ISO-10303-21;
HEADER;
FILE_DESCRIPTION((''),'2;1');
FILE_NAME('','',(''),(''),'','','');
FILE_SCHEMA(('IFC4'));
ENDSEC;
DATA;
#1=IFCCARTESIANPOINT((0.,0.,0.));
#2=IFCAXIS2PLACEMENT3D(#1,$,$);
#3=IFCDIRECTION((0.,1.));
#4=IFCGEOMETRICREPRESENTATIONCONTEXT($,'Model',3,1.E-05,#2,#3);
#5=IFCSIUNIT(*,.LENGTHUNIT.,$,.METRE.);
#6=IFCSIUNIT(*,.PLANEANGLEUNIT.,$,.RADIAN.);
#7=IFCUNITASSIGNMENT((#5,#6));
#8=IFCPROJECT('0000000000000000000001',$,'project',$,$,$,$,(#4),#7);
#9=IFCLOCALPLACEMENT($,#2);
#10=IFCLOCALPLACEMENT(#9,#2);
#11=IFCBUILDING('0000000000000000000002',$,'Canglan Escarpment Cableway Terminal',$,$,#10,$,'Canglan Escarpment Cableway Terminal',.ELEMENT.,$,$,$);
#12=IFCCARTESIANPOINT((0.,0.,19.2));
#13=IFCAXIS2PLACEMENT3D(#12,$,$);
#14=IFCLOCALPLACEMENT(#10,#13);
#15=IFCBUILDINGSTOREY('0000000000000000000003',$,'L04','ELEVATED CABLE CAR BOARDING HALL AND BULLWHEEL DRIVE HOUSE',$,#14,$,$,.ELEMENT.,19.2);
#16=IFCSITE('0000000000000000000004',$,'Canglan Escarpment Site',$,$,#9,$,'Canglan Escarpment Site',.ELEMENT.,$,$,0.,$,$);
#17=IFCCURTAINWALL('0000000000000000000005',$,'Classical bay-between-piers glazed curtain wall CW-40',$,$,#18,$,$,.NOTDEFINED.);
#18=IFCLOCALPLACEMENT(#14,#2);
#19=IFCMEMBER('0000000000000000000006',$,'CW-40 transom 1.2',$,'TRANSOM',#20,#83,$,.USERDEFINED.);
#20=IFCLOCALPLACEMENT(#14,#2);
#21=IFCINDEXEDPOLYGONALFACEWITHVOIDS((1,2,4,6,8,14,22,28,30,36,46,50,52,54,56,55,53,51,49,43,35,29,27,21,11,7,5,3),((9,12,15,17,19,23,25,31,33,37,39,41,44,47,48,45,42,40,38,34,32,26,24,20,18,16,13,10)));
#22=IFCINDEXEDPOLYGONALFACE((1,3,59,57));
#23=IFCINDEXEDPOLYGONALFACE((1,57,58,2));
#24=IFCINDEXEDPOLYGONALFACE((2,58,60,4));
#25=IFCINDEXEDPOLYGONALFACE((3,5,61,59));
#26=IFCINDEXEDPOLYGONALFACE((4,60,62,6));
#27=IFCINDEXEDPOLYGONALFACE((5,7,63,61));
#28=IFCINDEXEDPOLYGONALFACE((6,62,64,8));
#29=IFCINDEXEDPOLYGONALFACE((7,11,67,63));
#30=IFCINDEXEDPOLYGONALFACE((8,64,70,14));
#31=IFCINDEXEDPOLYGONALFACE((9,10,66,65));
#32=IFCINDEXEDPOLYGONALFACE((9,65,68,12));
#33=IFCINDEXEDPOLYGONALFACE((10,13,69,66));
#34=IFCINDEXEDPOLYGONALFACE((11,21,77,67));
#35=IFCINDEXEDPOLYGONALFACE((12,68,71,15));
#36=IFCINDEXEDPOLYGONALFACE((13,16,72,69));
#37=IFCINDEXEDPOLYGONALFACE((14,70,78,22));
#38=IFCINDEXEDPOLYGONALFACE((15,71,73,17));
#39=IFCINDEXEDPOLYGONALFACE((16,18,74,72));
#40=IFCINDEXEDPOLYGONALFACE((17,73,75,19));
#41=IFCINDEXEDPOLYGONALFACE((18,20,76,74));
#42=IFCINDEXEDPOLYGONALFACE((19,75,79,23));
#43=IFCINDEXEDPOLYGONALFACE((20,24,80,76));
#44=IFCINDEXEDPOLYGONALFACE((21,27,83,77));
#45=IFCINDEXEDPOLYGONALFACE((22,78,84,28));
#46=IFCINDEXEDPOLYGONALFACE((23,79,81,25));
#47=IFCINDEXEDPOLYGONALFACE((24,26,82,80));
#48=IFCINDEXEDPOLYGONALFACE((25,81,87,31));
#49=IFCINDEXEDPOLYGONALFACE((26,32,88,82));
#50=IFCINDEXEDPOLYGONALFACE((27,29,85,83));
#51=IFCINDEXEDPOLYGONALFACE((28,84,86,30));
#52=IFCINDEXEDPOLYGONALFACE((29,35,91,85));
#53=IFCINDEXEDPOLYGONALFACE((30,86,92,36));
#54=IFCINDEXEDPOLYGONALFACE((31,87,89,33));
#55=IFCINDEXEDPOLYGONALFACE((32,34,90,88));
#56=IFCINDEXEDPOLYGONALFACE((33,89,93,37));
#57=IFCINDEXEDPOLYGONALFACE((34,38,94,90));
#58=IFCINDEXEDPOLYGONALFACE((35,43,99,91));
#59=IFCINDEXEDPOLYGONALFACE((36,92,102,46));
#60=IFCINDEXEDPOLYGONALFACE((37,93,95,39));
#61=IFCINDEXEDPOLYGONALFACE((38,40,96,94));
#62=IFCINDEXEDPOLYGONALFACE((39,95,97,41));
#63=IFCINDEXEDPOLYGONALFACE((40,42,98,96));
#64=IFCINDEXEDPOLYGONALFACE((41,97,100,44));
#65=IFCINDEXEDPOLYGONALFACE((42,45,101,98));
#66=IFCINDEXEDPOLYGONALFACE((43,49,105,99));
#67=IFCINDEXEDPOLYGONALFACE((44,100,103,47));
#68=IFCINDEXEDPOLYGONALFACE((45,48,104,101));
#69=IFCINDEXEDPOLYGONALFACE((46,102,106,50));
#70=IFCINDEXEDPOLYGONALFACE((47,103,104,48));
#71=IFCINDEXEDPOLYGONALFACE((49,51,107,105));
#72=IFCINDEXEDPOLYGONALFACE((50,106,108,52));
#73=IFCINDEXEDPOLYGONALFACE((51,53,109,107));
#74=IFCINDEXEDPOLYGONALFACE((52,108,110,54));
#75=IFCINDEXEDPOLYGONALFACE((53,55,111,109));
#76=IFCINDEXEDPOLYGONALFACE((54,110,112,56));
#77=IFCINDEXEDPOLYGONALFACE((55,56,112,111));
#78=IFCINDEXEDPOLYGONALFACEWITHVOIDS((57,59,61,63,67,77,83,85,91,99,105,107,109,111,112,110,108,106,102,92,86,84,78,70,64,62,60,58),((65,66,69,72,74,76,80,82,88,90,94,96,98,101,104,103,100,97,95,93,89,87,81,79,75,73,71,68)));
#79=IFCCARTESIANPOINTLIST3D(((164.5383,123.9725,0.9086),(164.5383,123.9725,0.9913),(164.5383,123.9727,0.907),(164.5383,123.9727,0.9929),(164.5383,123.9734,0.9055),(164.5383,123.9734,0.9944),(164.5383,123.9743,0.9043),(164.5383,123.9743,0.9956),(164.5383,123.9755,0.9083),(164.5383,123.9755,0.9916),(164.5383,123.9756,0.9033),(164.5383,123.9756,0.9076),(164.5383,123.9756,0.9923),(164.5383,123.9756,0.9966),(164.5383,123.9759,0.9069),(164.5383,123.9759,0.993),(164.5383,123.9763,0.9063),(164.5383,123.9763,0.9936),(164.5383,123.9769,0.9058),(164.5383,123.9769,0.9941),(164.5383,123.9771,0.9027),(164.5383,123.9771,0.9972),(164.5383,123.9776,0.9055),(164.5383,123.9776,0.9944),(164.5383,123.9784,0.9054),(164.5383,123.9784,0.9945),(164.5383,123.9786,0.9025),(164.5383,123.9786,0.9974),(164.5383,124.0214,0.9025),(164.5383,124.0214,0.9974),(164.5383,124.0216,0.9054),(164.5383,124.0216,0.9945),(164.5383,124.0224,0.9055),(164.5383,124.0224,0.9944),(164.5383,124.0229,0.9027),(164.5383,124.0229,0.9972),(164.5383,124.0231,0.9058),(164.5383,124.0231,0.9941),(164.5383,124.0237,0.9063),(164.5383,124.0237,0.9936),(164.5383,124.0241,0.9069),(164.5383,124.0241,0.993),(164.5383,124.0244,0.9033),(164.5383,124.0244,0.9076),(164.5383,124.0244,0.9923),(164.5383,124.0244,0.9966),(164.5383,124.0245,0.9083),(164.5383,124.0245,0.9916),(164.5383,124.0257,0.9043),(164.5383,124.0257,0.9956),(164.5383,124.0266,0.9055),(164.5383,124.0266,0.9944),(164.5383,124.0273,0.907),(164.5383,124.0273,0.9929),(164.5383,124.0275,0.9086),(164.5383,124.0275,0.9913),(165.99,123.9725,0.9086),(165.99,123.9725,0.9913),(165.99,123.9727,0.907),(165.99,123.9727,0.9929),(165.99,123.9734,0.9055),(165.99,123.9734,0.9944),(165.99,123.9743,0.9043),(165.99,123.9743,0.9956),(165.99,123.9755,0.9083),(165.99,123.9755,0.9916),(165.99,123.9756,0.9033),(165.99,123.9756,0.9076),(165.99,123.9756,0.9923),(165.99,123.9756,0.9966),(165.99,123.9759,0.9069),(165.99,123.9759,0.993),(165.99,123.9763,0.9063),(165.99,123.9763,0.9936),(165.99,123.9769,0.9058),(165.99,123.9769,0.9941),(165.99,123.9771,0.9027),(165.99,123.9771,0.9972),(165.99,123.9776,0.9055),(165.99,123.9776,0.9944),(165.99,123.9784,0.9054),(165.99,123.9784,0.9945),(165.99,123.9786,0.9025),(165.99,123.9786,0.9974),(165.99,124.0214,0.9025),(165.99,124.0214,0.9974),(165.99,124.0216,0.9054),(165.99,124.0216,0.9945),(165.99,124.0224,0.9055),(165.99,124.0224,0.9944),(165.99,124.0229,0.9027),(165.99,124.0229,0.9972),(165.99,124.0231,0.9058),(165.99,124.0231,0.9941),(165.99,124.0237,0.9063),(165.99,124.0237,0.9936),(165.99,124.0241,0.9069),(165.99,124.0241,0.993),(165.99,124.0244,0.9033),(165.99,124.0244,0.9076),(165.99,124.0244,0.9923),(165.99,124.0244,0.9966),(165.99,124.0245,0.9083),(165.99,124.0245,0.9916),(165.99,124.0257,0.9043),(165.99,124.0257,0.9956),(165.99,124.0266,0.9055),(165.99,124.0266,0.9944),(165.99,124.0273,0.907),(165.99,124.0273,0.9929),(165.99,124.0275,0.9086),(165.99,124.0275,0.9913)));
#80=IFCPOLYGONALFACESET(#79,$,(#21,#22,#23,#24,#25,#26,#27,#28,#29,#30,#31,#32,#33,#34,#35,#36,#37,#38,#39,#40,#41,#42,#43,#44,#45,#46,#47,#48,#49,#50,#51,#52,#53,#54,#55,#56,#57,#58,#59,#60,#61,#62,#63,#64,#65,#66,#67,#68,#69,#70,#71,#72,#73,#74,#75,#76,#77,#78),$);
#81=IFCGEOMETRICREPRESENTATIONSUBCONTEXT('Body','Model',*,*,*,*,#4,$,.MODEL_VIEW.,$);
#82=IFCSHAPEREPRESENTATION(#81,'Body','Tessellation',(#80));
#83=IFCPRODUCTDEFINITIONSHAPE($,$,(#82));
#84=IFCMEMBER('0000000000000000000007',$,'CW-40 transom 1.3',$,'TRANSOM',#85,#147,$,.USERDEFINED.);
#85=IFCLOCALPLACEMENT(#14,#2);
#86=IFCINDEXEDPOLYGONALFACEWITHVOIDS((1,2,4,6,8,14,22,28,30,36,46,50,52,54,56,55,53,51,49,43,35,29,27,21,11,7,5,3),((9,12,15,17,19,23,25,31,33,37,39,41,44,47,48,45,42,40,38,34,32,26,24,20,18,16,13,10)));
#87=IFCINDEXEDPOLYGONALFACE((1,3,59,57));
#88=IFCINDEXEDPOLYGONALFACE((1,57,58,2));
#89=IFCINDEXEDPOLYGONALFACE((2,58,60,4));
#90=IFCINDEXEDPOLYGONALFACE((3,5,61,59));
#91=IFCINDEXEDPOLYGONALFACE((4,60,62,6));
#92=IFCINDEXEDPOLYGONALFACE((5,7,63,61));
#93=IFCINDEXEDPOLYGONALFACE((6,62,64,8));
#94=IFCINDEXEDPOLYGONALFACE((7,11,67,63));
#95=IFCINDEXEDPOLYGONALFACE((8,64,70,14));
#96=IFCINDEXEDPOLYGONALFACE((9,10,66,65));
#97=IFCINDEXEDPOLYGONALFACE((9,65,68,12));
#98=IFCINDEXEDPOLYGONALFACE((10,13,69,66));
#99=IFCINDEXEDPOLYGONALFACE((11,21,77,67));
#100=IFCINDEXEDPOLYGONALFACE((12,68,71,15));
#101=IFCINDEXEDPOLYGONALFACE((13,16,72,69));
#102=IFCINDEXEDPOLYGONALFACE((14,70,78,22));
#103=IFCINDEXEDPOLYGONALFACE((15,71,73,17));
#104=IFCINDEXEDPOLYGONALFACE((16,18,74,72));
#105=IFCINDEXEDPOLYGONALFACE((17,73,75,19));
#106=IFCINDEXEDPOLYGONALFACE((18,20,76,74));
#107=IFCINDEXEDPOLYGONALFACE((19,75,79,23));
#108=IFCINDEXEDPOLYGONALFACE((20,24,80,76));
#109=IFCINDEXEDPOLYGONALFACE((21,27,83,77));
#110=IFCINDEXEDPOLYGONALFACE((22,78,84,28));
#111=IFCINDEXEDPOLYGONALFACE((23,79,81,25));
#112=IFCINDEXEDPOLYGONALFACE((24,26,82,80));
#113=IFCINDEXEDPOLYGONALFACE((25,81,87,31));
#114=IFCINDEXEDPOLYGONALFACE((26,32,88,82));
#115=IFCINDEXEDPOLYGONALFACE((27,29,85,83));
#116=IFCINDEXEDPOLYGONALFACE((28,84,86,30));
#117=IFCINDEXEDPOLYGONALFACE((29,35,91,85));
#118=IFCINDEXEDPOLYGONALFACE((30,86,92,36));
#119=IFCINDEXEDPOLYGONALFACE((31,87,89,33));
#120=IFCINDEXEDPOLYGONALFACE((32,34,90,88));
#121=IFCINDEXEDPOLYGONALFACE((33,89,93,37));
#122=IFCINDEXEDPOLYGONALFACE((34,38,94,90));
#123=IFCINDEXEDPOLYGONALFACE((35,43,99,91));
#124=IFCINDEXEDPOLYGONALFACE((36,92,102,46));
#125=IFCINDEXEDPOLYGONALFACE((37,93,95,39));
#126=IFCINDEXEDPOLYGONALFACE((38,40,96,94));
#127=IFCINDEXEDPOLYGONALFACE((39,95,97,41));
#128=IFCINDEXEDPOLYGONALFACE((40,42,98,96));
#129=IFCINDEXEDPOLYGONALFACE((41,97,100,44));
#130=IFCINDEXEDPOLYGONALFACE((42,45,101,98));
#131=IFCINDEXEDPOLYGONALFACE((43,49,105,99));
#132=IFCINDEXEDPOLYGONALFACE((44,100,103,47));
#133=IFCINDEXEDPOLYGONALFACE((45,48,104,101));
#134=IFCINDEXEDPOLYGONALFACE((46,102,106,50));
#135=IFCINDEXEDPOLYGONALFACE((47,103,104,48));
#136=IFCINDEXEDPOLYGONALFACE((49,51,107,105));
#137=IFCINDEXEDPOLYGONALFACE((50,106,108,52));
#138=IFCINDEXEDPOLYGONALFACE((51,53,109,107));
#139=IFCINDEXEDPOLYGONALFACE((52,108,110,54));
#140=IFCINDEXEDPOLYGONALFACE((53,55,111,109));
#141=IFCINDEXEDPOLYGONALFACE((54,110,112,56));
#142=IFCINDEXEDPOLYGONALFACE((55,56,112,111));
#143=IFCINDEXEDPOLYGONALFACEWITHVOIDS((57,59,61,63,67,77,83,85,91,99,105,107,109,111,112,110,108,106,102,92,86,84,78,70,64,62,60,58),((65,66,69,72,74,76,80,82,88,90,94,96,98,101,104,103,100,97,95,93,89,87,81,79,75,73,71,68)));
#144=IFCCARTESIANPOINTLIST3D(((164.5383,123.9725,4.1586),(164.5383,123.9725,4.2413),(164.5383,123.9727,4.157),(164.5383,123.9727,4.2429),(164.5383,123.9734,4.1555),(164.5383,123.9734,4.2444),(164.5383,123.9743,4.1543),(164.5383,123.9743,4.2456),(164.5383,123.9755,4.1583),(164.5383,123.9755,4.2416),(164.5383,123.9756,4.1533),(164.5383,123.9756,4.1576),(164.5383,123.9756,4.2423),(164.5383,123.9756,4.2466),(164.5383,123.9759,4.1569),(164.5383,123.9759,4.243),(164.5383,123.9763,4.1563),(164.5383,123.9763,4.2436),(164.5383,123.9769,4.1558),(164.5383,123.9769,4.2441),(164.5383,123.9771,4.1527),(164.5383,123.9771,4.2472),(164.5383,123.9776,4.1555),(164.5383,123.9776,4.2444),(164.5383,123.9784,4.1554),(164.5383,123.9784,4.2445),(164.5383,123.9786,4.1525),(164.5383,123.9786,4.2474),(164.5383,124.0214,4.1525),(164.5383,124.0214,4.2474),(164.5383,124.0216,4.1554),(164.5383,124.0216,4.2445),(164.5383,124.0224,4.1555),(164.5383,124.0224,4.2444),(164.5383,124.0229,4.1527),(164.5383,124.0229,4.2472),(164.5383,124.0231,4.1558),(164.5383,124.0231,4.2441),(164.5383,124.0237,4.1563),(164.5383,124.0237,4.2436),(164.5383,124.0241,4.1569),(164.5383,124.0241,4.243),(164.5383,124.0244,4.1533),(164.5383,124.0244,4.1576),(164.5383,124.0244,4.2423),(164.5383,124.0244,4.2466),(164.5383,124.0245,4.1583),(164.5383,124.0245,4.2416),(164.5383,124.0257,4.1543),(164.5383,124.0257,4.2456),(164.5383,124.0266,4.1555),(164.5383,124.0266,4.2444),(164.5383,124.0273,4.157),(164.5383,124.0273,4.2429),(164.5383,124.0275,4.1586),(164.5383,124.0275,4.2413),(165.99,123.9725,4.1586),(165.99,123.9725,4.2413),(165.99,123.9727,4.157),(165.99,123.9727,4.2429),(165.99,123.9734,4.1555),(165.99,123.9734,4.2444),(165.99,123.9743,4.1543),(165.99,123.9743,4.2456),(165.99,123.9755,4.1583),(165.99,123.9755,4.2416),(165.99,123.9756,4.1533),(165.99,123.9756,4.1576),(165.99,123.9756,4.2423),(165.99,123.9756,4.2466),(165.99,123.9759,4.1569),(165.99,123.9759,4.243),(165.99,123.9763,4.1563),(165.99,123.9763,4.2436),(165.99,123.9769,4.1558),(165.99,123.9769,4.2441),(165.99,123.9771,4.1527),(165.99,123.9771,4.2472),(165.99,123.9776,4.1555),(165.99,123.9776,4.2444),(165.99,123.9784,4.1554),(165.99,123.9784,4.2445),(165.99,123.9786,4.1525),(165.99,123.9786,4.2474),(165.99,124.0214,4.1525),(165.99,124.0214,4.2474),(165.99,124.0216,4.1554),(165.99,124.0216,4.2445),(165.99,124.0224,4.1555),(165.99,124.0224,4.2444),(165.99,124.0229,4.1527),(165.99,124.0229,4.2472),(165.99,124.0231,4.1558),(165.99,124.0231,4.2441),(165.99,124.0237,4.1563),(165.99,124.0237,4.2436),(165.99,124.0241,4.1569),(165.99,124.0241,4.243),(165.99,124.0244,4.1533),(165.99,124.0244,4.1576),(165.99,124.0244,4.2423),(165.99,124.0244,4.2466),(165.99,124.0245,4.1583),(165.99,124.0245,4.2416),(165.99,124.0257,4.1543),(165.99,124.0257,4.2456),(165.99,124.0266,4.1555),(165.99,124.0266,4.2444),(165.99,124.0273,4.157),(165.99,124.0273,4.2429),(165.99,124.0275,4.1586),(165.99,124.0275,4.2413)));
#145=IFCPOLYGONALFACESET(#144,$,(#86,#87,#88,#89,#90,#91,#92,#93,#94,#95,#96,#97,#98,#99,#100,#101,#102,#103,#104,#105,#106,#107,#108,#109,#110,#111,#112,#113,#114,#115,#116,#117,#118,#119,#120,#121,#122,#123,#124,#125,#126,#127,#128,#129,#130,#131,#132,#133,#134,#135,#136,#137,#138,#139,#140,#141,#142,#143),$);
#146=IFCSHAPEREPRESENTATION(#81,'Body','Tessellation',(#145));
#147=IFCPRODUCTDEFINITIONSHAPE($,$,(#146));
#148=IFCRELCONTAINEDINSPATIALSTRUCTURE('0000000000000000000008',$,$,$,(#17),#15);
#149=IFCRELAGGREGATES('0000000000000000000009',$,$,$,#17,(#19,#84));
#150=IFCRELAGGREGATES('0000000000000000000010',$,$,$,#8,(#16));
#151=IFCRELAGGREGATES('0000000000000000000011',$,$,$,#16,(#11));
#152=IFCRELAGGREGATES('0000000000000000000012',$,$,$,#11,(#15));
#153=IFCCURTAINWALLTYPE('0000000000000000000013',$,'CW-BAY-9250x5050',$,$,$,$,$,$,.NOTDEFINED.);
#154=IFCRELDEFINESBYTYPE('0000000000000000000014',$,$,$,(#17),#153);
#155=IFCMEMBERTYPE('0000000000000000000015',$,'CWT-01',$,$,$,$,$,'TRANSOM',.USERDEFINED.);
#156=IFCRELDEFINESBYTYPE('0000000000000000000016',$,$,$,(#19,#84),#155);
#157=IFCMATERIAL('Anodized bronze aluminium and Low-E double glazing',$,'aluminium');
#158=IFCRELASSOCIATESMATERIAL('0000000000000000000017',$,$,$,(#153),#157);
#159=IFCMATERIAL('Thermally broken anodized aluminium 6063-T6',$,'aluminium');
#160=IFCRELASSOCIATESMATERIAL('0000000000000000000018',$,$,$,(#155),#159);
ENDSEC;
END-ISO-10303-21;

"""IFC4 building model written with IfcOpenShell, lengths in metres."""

from ifc_helpers import new_model, si_unit, direction, frame, origin, origin_2d, place, context, subcontext, project, spatial, hollow_rectangle, extrude, material, material_profile, profile_set, type_object, element, aggregate, save


model = new_model("IFC4")

# Units and contexts
model_context = context("Model", 3, precision=1e-05, world=origin(), true_north=direction((0.0, 1.0)))
body_context = subcontext(model_context, "Body", "Model", "MODEL_VIEW")
ifc_project = project(units=[si_unit("LENGTHUNIT", "METRE"), si_unit("PLANEANGLEUNIT", "RADIAN")], contexts=[model_context])

# Site, building, storey
site_placement = place(None, origin())
site = spatial("IfcSite", under=ifc_project, at=site_placement, Name="Canglan Escarpment Site", LongName="Canglan Escarpment Site", CompositionType="ELEMENT", RefElevation=0.0)
building_placement = place(site_placement, origin())
building = spatial("IfcBuilding", under=site, at=building_placement, Name="Canglan Escarpment Cableway Terminal", LongName="Canglan Escarpment Cableway Terminal", CompositionType="ELEMENT")
storey_placement = place(building_placement, frame((0.0, 0.0, 19.2)))
storey = spatial("IfcBuildingStorey", under=building, at=storey_placement, Name="L04", Description="ELEVATED CABLE CAR BOARDING HALL AND BULLWHEEL DRIVE HOUSE", CompositionType="ELEMENT", Elevation=19.2)

# Curtain wall
ifc_material_1 = material(Name="Anodized bronze aluminium and Low-E double glazing", Category="aluminium")
curtain_wall_type_1 = type_object("IfcCurtainWallType", Name="CW-BAY-9250x5050", PredefinedType="NOTDEFINED", material=ifc_material_1)
curtain_wall_1_placement = place(storey_placement, origin())
curtain_wall_1 = element("IfcCurtainWall", 1, at=curtain_wall_1_placement, inside=storey, type_object=curtain_wall_type_1, Name="Classical bay-between-piers glazed curtain wall CW-40", PredefinedType="NOTDEFINED")
ifc_material_2 = material(Name="Thermally broken anodized aluminium 6063-T6", Category="aluminium")

# Members
ifc_material_profile_1 = material_profile(ifc_material_2, hollow_rectangle(XDim=0.0549, YDim=0.095, WallThickness=0.0029, InnerFilletRadius=0.0029, OuterFilletRadius=0.0061, at=origin_2d()), Name="ALU-TRAN 55x95x3")
ifc_profile_set_1 = profile_set([ifc_material_profile_1], Name="Thermally broken anodized aluminium 6063-T6")
member_type_1 = type_object("IfcMemberType", Name="CWT-01", ElementType="TRANSOM", PredefinedType="USERDEFINED", material=ifc_profile_set_1)
member_1_placement = place(storey_placement, frame((165.99, 124.0, 0.95), z_axis=(-1.0, 0.0, 0.0), x_axis=(0.0, -1.0, 0.0)))
member_1 = element("IfcMember", 2, at=member_1_placement, type_object=member_type_1, Name="CW-40 transom 1.2", ObjectType="TRANSOM", PredefinedType="USERDEFINED", context=body_context, shape_type="SweptSolid", body=[
    extrude(hollow_rectangle(XDim=0.0549, YDim=0.095, WallThickness=0.0029, InnerFilletRadius=0.0029, OuterFilletRadius=0.0061, at=origin_2d()), origin(), (0.0, 0.0, 1.0), 1.4517),
])
member_2_placement = place(storey_placement, frame((165.99, 124.0, 4.2), z_axis=(-1.0, 0.0, 0.0), x_axis=(0.0, -1.0, 0.0)))
member_2 = element("IfcMember", 3, at=member_2_placement, type_object=member_type_1, Name="CW-40 transom 1.3", ObjectType="TRANSOM", PredefinedType="USERDEFINED", context=body_context, shape_type="SweptSolid", body=[
    extrude(hollow_rectangle(XDim=0.0549, YDim=0.095, WallThickness=0.0029, InnerFilletRadius=0.0029, OuterFilletRadius=0.0061, at=origin_2d()), origin(), (0.0, 0.0, 1.0), 1.4517),
])

aggregate(curtain_wall_1, [member_1, member_2])

save(model, "model.ifc")
